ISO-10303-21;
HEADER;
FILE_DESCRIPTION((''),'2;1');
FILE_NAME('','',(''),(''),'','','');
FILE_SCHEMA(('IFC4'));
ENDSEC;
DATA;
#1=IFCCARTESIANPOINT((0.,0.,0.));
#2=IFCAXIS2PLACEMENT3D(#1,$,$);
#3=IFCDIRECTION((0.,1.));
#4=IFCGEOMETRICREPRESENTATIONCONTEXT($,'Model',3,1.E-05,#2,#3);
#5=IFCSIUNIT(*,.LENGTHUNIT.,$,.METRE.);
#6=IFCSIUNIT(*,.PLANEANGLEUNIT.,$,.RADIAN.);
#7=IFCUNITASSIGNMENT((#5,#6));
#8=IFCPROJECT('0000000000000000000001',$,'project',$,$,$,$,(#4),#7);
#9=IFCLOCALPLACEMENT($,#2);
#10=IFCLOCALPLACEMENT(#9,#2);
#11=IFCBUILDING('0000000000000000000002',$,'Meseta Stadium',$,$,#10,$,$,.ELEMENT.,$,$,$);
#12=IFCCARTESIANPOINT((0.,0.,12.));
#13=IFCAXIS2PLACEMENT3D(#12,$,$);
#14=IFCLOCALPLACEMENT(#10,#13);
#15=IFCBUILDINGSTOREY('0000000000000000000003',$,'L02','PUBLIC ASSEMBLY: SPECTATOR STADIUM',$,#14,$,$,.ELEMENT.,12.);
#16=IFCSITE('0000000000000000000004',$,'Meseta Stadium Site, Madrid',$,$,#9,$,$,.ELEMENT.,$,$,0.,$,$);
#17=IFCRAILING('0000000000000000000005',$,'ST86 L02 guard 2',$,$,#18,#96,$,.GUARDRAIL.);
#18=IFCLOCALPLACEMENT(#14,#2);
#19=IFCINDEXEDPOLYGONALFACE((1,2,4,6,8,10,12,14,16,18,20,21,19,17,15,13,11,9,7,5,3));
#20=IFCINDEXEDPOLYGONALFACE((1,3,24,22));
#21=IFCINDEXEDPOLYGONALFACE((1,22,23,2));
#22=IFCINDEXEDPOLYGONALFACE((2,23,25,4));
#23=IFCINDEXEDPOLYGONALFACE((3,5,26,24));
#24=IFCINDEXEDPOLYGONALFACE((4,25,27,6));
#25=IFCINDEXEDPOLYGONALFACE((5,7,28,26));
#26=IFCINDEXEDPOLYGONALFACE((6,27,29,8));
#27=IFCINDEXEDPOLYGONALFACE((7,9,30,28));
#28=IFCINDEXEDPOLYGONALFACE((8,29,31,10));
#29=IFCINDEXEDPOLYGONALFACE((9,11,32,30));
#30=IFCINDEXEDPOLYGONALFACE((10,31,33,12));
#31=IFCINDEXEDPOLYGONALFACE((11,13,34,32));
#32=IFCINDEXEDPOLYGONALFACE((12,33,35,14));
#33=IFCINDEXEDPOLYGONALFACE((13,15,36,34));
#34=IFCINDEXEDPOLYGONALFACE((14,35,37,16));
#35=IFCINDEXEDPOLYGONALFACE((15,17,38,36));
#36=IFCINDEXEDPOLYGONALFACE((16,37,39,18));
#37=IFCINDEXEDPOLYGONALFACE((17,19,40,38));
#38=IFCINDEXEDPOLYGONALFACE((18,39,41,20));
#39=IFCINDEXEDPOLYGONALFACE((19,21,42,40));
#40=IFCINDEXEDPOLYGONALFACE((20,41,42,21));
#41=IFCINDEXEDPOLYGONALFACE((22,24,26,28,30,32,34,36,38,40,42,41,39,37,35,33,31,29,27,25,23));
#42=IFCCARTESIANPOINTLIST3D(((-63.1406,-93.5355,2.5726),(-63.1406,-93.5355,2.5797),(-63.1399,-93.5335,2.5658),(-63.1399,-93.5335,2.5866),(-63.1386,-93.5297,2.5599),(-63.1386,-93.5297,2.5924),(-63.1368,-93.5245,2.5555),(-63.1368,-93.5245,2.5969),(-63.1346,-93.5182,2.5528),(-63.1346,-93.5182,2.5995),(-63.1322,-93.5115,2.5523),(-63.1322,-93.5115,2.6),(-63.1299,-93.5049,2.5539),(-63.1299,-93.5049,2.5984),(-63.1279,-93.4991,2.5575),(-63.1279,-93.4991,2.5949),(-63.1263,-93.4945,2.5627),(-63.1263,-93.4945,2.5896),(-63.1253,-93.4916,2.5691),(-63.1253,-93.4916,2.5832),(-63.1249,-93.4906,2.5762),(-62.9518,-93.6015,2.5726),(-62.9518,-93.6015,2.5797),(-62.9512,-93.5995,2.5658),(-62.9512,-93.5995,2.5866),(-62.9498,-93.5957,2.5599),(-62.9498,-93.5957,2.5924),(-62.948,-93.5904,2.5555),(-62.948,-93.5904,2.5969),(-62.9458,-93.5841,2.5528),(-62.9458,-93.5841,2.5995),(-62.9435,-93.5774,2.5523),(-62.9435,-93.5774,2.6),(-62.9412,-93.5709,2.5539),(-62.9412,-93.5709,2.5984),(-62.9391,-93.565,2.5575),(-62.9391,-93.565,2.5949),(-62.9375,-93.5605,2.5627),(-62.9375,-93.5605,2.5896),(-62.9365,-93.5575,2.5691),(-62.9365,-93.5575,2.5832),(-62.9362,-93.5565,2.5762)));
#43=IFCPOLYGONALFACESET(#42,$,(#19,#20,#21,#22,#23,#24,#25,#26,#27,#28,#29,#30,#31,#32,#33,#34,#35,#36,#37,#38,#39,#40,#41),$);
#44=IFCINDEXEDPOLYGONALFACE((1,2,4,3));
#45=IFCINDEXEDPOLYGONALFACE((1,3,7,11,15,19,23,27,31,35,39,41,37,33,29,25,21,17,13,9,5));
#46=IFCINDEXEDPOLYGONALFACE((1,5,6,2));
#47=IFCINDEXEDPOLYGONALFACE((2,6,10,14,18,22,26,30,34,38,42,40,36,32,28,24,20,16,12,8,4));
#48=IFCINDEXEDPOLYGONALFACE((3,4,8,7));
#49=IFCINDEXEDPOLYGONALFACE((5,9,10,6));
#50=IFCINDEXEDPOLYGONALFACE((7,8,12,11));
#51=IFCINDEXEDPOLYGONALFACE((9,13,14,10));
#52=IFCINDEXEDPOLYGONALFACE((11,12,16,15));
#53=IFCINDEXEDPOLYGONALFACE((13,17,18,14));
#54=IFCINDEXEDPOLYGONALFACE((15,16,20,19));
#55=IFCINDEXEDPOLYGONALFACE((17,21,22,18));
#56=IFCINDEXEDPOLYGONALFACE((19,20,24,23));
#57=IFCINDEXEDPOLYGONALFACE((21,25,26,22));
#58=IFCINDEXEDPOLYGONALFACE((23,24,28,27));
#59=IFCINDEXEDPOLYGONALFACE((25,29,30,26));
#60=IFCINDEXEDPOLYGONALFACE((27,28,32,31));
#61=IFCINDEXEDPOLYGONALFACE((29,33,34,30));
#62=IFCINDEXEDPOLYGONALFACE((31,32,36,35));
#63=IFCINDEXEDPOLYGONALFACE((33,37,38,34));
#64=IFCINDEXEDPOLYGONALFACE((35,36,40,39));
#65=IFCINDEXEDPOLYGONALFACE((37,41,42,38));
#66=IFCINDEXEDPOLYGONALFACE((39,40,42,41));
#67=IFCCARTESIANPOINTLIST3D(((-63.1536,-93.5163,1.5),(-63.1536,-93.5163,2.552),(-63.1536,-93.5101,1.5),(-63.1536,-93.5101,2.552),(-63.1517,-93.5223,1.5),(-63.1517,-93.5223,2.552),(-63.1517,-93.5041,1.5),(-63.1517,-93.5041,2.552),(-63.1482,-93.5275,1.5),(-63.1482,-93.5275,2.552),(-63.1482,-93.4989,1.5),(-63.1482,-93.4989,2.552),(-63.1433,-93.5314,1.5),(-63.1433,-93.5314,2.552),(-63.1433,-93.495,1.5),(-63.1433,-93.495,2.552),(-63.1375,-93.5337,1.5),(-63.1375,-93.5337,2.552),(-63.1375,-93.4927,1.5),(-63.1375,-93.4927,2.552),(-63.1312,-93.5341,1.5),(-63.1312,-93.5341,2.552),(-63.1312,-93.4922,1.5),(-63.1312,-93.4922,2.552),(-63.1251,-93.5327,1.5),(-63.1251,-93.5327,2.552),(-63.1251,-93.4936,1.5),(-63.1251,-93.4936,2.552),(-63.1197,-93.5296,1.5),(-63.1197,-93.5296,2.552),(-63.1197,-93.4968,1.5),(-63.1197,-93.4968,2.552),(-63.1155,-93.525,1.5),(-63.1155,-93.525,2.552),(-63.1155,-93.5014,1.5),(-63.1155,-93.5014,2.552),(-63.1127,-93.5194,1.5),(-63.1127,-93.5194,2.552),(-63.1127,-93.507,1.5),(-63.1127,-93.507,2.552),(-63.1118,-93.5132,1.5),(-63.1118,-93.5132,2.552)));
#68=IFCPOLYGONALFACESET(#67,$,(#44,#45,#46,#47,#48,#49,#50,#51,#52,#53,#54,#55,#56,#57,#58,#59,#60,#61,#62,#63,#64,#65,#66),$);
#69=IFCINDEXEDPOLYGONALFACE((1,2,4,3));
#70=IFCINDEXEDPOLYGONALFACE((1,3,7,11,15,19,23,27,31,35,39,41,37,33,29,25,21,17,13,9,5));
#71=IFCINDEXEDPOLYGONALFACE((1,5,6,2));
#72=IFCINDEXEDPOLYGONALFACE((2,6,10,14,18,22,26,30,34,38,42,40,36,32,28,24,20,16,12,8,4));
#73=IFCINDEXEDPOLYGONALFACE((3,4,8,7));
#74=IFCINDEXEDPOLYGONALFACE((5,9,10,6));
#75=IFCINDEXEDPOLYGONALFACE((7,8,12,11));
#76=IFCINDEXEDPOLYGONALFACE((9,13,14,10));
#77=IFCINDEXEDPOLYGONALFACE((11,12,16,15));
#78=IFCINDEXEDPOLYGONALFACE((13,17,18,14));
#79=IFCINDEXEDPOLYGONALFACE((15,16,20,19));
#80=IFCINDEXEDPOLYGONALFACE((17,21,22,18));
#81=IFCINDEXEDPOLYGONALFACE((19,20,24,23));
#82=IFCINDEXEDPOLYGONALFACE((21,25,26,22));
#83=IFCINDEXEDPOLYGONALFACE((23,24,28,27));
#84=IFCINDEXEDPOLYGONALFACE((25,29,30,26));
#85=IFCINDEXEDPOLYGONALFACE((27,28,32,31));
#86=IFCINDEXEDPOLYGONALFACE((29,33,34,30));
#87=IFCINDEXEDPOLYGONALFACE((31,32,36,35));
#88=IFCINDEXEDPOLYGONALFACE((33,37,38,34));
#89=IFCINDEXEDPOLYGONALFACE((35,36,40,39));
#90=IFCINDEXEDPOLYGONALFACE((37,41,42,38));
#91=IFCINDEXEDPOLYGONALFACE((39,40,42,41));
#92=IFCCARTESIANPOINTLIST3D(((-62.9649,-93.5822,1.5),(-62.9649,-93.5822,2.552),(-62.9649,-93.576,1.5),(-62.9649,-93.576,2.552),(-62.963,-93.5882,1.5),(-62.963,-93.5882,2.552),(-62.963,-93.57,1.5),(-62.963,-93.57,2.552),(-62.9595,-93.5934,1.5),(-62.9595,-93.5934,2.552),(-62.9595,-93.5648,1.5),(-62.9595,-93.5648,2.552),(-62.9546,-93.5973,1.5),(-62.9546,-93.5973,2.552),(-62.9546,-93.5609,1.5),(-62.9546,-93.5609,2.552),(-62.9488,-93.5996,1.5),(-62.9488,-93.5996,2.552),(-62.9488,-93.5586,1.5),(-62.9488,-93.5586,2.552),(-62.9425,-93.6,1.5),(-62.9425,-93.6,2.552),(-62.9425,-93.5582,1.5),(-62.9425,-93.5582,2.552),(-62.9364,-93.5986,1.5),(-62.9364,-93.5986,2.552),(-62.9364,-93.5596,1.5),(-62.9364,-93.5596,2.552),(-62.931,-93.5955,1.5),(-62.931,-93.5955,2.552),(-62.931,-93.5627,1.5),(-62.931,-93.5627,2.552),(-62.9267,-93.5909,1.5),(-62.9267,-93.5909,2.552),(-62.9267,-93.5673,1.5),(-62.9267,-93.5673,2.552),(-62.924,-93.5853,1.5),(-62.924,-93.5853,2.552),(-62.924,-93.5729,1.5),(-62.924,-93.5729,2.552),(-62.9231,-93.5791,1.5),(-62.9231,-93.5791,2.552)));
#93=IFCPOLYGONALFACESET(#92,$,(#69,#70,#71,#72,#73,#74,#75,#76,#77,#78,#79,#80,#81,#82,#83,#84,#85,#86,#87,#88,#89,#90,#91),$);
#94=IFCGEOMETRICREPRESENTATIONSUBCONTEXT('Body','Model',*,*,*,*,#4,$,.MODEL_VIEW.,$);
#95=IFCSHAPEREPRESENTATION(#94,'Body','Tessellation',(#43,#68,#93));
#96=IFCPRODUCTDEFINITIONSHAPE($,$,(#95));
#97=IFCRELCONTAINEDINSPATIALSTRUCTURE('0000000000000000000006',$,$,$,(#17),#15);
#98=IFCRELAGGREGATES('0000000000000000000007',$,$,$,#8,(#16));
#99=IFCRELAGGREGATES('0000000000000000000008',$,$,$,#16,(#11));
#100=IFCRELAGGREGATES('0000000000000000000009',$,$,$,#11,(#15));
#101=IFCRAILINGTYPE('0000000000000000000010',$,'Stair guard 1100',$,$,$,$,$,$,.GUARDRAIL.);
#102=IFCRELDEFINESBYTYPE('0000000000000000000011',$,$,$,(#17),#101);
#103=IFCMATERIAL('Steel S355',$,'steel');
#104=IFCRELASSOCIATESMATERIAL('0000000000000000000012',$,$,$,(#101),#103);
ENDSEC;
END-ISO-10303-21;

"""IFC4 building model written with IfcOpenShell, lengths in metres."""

from ifc_helpers import new_model, si_unit, direction, frame, origin, origin_2d, place, context, subcontext, project, spatial, circle, extrude, material, type_object, element, save


model = new_model("IFC4")

# Units and contexts
model_context = context("Model", 3, precision=1e-05, world=origin(), true_north=direction((0.0, 1.0)))
body_context = subcontext(model_context, "Body", "Model", "MODEL_VIEW")
ifc_project = project(units=[si_unit("LENGTHUNIT", "METRE"), si_unit("PLANEANGLEUNIT", "RADIAN")], contexts=[model_context])

# Site, building, storey
site_placement = place(None, origin())
site = spatial("IfcSite", under=ifc_project, at=site_placement, Name="Meseta Stadium Site, Madrid", CompositionType="ELEMENT", RefElevation=0.0)
building_placement = place(site_placement, origin())
building = spatial("IfcBuilding", under=site, at=building_placement, Name="Meseta Stadium", CompositionType="ELEMENT")
storey_placement = place(building_placement, frame((0.0, 0.0, 12.0)))
storey = spatial("IfcBuildingStorey", under=building, at=storey_placement, Name="L02", Description="PUBLIC ASSEMBLY: SPECTATOR STADIUM", CompositionType="ELEMENT", Elevation=12.0)

# Railing
ifc_material_1 = material(Name="Steel S355", Category="steel")
railing_type_1 = type_object("IfcRailingType", Name="Stair guard 1100", PredefinedType="GUARDRAIL", material=ifc_material_1)
railing_1_placement = place(storey_placement, frame((-63.1328, -93.5132, 1.5)))
element("IfcRailing", 1, at=railing_1_placement, inside=storey, type_object=railing_type_1, Name="ST86 L02 guard 2", PredefinedType="GUARDRAIL", context=body_context, shape_type="SweptSolid", body=[
    extrude(circle(Radius=0.0239, at=origin_2d()), frame((0.0, 0.0, 1.0762), z_axis=(0.944068, -0.329752, 0.0), x_axis=(0.329752, 0.944068, 0.0)), (0.0, 0.0, 1.0), 0.2),
    extrude(circle(Radius=0.021, at=origin_2d()), origin(), (0.0, 0.0, 1.0), 1.052),
    extrude(circle(Radius=0.021, at=origin_2d()), frame((0.1887, -0.0659, 0.0)), (0.0, 0.0, 1.0), 1.052),
])

save(model, "model.ifc")
